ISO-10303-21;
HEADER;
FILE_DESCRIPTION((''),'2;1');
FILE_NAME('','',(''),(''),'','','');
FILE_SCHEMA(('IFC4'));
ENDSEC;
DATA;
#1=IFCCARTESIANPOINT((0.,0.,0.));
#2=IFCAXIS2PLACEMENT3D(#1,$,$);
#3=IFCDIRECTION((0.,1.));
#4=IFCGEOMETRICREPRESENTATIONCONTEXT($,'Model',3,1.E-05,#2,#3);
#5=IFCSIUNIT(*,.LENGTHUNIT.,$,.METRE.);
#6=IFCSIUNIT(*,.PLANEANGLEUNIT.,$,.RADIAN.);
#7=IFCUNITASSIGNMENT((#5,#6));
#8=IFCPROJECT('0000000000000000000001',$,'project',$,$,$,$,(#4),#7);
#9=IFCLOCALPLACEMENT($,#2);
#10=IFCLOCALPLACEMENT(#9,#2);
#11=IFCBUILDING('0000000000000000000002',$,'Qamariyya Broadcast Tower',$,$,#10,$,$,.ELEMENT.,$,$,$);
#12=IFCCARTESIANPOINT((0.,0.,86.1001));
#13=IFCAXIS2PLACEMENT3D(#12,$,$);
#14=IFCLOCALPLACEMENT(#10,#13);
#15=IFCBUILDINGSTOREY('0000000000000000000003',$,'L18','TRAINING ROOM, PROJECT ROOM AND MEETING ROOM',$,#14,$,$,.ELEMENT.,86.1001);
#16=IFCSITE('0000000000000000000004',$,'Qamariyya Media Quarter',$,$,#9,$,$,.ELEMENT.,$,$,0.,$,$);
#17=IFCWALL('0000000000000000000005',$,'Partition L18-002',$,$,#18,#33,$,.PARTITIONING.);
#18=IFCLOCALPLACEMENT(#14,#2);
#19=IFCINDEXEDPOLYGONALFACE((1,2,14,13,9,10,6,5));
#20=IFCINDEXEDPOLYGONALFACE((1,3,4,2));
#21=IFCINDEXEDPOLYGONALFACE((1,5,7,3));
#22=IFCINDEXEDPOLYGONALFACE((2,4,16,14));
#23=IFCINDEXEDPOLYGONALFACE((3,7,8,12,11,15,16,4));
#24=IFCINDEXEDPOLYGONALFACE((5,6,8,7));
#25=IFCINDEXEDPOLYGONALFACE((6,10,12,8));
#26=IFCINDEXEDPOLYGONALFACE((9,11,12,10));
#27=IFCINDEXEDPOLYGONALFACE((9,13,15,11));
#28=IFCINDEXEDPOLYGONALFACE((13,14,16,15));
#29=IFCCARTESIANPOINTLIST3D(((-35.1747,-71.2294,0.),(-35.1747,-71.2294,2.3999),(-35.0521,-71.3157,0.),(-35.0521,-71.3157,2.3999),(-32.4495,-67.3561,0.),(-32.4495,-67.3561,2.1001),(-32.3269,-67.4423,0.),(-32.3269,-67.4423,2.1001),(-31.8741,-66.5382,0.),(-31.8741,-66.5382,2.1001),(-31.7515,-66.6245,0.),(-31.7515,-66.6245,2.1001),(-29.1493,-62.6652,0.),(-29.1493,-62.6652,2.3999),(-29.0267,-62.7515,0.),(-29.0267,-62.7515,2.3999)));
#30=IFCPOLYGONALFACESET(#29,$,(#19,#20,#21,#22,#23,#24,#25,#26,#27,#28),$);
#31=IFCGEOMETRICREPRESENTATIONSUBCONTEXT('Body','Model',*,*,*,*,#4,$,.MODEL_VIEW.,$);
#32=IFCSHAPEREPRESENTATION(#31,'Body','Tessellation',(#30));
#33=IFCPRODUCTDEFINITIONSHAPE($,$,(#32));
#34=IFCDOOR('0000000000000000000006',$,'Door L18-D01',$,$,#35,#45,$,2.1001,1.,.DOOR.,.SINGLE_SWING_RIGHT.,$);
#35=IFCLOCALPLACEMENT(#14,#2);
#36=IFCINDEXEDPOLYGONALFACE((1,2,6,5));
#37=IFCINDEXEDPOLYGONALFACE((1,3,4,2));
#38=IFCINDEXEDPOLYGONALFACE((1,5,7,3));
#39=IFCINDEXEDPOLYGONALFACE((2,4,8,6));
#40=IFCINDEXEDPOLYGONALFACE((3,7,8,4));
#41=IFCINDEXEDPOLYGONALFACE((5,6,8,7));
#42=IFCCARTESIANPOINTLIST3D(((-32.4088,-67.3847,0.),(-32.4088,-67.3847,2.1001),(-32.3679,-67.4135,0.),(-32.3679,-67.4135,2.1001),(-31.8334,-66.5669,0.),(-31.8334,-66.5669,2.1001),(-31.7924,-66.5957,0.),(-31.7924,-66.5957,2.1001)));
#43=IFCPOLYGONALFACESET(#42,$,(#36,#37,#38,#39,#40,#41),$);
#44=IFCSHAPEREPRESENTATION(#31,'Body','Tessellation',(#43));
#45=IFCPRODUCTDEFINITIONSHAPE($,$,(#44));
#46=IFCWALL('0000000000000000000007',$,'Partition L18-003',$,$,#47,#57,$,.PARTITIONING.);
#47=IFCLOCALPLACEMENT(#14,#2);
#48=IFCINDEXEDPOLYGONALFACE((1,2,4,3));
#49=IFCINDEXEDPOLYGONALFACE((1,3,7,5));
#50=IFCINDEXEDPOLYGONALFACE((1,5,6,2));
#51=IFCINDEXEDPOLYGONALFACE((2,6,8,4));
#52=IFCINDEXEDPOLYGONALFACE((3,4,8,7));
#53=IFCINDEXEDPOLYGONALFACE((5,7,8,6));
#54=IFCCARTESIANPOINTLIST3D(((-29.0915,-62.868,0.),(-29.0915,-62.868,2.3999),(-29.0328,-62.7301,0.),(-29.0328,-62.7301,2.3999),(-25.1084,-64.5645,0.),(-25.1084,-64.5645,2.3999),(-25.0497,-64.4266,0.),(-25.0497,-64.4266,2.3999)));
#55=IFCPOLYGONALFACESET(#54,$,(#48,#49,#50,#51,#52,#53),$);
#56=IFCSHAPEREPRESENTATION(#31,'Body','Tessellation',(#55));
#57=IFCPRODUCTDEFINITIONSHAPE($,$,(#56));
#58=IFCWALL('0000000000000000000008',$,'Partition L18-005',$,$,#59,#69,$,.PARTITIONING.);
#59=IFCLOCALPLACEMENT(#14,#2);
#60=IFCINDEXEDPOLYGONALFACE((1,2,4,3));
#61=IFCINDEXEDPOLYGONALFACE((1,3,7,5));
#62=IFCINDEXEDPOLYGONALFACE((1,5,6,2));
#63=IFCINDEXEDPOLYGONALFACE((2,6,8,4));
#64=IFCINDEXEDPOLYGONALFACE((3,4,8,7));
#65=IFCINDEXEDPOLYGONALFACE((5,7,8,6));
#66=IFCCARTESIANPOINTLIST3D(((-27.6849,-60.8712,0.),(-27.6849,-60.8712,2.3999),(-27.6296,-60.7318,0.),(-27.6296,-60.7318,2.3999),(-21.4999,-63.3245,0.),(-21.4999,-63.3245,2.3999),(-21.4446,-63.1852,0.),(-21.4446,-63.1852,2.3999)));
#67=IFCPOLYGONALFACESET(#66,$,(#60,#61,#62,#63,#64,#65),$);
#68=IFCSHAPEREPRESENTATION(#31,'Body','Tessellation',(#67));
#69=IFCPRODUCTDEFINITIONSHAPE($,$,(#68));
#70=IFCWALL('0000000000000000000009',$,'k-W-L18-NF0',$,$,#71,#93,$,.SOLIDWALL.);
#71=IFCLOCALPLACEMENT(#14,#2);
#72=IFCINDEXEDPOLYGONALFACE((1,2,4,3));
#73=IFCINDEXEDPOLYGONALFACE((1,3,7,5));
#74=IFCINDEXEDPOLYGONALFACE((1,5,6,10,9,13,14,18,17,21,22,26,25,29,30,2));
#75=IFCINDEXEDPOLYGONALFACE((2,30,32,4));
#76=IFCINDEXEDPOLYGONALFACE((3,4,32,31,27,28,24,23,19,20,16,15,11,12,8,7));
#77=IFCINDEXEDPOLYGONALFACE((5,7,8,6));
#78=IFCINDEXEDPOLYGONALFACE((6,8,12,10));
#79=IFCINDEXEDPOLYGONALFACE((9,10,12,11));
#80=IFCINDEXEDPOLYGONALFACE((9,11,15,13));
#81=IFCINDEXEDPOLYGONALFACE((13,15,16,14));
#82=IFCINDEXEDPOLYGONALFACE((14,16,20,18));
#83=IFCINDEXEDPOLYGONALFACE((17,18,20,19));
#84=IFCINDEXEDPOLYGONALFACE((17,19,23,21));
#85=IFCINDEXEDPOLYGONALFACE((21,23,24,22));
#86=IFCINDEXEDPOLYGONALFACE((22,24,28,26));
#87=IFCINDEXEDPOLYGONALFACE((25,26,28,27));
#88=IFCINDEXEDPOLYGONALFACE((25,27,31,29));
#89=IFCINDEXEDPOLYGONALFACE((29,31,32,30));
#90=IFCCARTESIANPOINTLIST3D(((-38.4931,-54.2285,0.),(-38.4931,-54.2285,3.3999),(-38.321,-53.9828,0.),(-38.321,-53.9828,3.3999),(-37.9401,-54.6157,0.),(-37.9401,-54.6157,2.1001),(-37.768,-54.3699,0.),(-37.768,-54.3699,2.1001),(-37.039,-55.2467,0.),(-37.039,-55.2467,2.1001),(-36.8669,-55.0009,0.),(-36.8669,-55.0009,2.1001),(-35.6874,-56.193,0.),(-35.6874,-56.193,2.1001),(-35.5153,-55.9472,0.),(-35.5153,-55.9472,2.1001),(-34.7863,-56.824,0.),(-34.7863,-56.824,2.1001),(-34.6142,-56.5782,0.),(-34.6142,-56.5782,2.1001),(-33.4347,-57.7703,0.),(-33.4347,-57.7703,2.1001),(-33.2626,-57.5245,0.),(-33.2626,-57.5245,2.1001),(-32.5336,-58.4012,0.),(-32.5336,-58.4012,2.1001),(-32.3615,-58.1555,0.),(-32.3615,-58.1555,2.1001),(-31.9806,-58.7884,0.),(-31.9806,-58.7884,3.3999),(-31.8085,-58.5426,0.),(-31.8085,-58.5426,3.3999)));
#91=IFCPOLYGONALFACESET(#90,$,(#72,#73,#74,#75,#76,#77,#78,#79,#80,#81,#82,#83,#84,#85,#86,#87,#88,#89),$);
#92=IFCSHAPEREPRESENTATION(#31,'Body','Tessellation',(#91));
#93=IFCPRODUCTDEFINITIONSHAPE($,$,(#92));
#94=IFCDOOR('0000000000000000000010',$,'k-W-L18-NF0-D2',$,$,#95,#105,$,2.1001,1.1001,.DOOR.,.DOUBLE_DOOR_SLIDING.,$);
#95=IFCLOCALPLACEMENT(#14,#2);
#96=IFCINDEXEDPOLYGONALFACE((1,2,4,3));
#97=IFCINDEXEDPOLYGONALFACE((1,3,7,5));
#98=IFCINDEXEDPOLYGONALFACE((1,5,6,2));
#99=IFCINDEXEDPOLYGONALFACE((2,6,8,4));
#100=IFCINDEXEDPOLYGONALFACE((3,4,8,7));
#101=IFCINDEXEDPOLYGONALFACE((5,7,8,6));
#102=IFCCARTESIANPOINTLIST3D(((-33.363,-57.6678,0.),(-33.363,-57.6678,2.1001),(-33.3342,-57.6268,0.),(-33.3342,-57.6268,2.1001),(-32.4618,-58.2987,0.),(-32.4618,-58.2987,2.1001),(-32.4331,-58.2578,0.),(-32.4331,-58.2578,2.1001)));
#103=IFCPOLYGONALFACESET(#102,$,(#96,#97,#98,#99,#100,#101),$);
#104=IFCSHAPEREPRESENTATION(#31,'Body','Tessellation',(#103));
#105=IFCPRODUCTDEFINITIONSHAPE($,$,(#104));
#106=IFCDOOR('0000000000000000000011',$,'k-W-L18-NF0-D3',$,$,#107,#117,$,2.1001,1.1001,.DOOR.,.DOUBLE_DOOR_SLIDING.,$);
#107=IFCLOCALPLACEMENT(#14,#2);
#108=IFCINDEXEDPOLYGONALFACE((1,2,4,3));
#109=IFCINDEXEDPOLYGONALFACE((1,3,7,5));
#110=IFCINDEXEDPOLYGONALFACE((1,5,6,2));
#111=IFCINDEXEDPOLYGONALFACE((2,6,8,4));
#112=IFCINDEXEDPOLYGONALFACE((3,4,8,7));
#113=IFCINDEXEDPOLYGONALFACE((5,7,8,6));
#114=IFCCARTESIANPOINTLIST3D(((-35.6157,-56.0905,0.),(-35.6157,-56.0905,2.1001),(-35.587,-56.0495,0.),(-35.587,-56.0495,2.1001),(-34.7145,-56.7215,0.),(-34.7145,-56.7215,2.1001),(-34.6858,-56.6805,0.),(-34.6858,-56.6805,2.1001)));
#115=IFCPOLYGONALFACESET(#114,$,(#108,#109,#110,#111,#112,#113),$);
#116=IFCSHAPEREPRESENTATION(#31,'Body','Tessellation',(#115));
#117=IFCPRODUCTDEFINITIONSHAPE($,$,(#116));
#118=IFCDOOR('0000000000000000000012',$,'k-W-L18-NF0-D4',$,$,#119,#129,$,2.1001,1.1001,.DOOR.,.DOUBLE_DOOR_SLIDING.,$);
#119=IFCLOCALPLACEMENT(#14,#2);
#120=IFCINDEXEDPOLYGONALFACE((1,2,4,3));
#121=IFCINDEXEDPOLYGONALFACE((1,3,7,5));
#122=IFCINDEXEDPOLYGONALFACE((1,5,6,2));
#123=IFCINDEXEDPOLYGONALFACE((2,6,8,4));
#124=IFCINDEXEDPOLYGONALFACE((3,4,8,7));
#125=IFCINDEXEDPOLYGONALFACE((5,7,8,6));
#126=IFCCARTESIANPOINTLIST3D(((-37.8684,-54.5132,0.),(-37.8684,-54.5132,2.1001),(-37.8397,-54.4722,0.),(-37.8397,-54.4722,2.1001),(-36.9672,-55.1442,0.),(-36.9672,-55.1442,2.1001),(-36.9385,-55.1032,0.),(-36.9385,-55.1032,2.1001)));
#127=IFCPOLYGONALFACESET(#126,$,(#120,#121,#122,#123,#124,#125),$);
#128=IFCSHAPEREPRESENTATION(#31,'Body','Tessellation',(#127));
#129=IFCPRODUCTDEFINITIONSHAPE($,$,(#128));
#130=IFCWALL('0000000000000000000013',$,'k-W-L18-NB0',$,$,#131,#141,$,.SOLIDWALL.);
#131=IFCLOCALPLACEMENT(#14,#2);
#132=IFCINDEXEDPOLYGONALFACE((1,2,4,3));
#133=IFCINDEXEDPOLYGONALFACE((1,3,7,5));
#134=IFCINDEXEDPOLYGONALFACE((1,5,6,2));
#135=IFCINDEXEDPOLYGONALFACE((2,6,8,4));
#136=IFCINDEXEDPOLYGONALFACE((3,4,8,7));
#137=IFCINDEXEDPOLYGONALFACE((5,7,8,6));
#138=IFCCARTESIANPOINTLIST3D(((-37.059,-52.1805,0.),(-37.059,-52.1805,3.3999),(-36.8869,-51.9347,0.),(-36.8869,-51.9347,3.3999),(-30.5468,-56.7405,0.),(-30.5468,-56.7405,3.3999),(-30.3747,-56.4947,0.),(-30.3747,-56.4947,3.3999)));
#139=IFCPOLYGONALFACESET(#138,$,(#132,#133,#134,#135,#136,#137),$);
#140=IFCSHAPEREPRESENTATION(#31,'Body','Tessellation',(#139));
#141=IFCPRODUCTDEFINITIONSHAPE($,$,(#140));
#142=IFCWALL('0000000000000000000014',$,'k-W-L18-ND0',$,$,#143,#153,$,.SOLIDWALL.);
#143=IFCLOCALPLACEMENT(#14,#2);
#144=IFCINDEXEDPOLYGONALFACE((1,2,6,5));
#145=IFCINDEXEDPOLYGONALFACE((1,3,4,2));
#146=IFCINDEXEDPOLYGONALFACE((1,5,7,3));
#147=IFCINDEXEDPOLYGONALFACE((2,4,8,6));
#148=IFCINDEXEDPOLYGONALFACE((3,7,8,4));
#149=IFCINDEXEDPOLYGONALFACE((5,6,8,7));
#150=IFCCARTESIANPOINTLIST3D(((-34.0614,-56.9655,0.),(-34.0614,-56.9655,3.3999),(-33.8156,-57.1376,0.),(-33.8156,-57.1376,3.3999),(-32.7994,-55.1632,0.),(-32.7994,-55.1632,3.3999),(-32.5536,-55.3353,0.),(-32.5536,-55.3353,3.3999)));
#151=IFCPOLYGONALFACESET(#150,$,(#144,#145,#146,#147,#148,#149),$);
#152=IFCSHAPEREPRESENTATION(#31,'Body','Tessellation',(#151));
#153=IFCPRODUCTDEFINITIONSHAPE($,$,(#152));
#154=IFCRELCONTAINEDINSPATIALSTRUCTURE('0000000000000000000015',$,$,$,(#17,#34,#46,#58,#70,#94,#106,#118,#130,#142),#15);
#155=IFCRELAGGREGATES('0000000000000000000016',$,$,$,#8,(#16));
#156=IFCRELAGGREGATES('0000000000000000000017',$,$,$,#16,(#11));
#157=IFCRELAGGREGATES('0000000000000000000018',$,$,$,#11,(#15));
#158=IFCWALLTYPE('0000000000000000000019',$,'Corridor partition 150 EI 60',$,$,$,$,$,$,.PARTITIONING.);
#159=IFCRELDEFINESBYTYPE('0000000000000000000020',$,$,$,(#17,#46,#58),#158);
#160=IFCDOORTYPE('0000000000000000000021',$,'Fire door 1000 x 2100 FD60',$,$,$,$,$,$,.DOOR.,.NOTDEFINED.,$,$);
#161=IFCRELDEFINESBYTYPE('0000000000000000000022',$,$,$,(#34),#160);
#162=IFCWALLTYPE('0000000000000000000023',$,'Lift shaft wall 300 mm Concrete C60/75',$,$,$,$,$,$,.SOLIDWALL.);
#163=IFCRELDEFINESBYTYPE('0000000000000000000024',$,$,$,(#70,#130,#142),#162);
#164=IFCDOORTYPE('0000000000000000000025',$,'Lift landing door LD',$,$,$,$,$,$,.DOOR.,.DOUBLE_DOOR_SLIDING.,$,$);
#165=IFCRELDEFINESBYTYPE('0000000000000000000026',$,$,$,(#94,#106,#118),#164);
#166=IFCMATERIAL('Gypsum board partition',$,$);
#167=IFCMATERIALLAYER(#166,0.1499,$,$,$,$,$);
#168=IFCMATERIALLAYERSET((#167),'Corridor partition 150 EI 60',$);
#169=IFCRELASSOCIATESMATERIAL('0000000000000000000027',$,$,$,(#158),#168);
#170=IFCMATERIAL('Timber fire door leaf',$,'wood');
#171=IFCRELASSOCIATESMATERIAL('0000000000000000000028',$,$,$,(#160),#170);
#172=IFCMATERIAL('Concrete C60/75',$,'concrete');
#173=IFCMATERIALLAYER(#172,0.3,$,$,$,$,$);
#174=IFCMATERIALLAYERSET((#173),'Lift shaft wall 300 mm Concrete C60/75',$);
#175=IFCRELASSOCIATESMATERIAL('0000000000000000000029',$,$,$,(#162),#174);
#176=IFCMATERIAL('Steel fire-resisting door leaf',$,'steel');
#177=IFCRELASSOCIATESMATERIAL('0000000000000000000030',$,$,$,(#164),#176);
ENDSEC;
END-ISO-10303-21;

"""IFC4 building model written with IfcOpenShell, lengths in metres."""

from ifc_helpers import new_model, si_unit, direction, frame, frame_2d, origin, place, context, subcontext, project, spatial, rectangle, extrude, material, layer, layer_set, type_object, element, fill, save


model = new_model("IFC4")

# Units and contexts
model_context = context("Model", 3, precision=1e-05, world=origin(), true_north=direction((0.0, 1.0)))
body_context = subcontext(model_context, "Body", "Model", "MODEL_VIEW")
ifc_project = project(units=[si_unit("LENGTHUNIT", "METRE"), si_unit("PLANEANGLEUNIT", "RADIAN")], contexts=[model_context])

# Site, building, storey
site_placement = place(None, origin())
site = spatial("IfcSite", under=ifc_project, at=site_placement, Name="Qamariyya Media Quarter", CompositionType="ELEMENT", RefElevation=0.0)
building_placement = place(site_placement, origin())
building = spatial("IfcBuilding", under=site, at=building_placement, Name="Qamariyya Broadcast Tower", CompositionType="ELEMENT")
storey_placement = place(building_placement, frame((0.0, 0.0, 86.1001)))
storey = spatial("IfcBuildingStorey", under=building, at=storey_placement, Name="L18", Description="TRAINING ROOM, PROJECT ROOM AND MEETING ROOM", CompositionType="ELEMENT", Elevation=86.1001)

# Wall, opening, door
ifc_material_1 = material(Name="Gypsum board partition")
ifc_layer_1 = layer(ifc_material_1, 0.1499)
ifc_layer_set_1 = layer_set([ifc_layer_1], Name="Corridor partition 150 EI 60")
wall_type_1 = type_object("IfcWallType", Name="Corridor partition 150 EI 60", PredefinedType="PARTITIONING", material=ifc_layer_set_1)
wall_1_placement = place(storey_placement, frame((-29.0879, -62.7083, 0.0), z_axis=(0.0, 0.0, 1.0), x_axis=(-0.575412, -0.817864, 0.0)))
wall_1 = element("IfcWall", 1, at=wall_1_placement, inside=storey, type_object=wall_type_1, Name="Partition L18-002", PredefinedType="PARTITIONING", context=body_context, shape_type="SweptSolid", body=[
    extrude(rectangle(XDim=10.4714, YDim=0.1499, at=frame_2d((5.2358, 0.0))), origin(), (0.0, 0.0, 1.0), 2.3999),
])
opening_1_placement = place(wall_1_placement, frame((4.7356, 0.0, 0.0)))
opening_1 = element("IfcOpeningElement", 2, at=opening_1_placement, cuts=wall_1, PredefinedType="OPENING", context=body_context, shape_type="SweptSolid", body=[
    extrude(rectangle(XDim=1.0, YDim=2.1001, at=frame_2d((0.5, 1.05))), frame((0.0, 0.085, 0.0), z_axis=(0.0, -1.0, 0.0), x_axis=(1.0, 0.0, 0.0)), (0.0, 0.0, 1.0), 0.1699),
])
ifc_material_2 = material(Name="Timber fire door leaf", Category="wood")
door_type_1 = type_object("IfcDoorType", Name="Fire door 1000 x 2100 FD60", OperationType="NOTDEFINED", PredefinedType="DOOR", material=ifc_material_2)
door_1_placement = place(opening_1_placement, origin())
door_1 = element("IfcDoor", 3, at=door_1_placement, inside=storey, type_object=door_type_1, Name="Door L18-D01", OperationType="SINGLE_SWING_RIGHT", OverallHeight=2.1001, OverallWidth=1.0, PredefinedType="DOOR", context=body_context, shape_type="SweptSolid", body=[
    extrude(rectangle(XDim=1.0, YDim=2.1001, at=frame_2d((0.5, 1.05))), frame((0.0, 0.0249, 0.0), z_axis=(0.0, -1.0, 0.0), x_axis=(1.0, 0.0, 0.0)), (0.0, 0.0, 1.0), 0.05),
])
fill(opening_1, door_1)

# Walls
wall_2_placement = place(storey_placement, frame((-29.062, -62.7991, 0.0), z_axis=(0.0, 0.0, 1.0), x_axis=(0.920024, -0.391863, 0.0)))
element("IfcWall", 4, at=wall_2_placement, inside=storey, type_object=wall_type_1, Name="Partition L18-003", PredefinedType="PARTITIONING", context=body_context, shape_type="SweptSolid", body=[
    extrude(rectangle(XDim=4.3293, YDim=0.1499, at=frame_2d((2.1646, 0.0))), origin(), (0.0, 0.0, 1.0), 2.3999),
])
wall_3_placement = place(storey_placement, frame((-27.6572, -60.8015, 0.0), z_axis=(0.0, 0.0, 1.0), x_axis=(0.929543, -0.368713, 0.0)))
element("IfcWall", 5, at=wall_3_placement, inside=storey, type_object=wall_type_1, Name="Partition L18-005", PredefinedType="PARTITIONING", context=body_context, shape_type="SweptSolid", body=[
    extrude(rectangle(XDim=6.6538, YDim=0.1499, at=frame_2d((3.3269, 0.0))), origin(), (0.0, 0.0, 1.0), 2.3999),
])

# Wall, openings, doors
ifc_material_3 = material(Name="Concrete C60/75", Category="concrete")
ifc_layer_2 = layer(ifc_material_3, 0.3)
ifc_layer_set_2 = layer_set([ifc_layer_2], Name="Lift shaft wall 300 mm Concrete C60/75")
wall_type_2 = type_object("IfcWallType", Name="Lift shaft wall 300 mm Concrete C60/75", PredefinedType="SOLIDWALL", material=ifc_layer_set_2)
wall_4_placement = place(storey_placement, frame((-31.8945, -58.6655, 0.0), z_axis=(0.0, 0.0, 1.0), x_axis=(-0.819167, 0.573555, 0.0)))
wall_4 = element("IfcWall", 6, at=wall_4_placement, inside=storey, type_object=wall_type_2, Name="k-W-L18-NF0", PredefinedType="SOLIDWALL", context=body_context, shape_type="SweptSolid", body=[
    extrude(rectangle(XDim=7.9502, YDim=0.3, at=frame_2d((3.9751, 0.0))), origin(), (0.0, 0.0, 1.0), 3.3999),
])
opening_2_placement = place(wall_4_placement, frame((0.675, 0.0, 0.0)))
opening_2 = element("IfcOpeningElement", 7, at=opening_2_placement, cuts=wall_4, PredefinedType="OPENING", context=body_context, shape_type="SweptSolid", body=[
    extrude(rectangle(XDim=1.1001, YDim=2.1001, at=frame_2d((0.55, 1.05))), frame((0.0, 0.1599, 0.0), z_axis=(0.0, -1.0, 0.0), x_axis=(1.0, 0.0, 0.0)), (0.0, 0.0, 1.0), 0.3201),
])
opening_3_placement = place(wall_4_placement, frame((3.425, 0.0, 0.0)))
opening_3 = element("IfcOpeningElement", 8, at=opening_3_placement, cuts=wall_4, PredefinedType="OPENING", context=body_context, shape_type="SweptSolid", body=[
    extrude(rectangle(XDim=1.1001, YDim=2.1001, at=frame_2d((0.55, 1.05))), frame((0.0, 0.1599, 0.0), z_axis=(0.0, -1.0, 0.0), x_axis=(1.0, 0.0, 0.0)), (0.0, 0.0, 1.0), 0.3201),
])
opening_4_placement = place(wall_4_placement, frame((6.175, 0.0, 0.0)))
opening_4 = element("IfcOpeningElement", 9, at=opening_4_placement, cuts=wall_4, PredefinedType="OPENING", context=body_context, shape_type="SweptSolid", body=[
    extrude(rectangle(XDim=1.1001, YDim=2.1001, at=frame_2d((0.55, 1.05))), frame((0.0, 0.1599, 0.0), z_axis=(0.0, -1.0, 0.0), x_axis=(1.0, 0.0, 0.0)), (0.0, 0.0, 1.0), 0.3201),
])
ifc_material_4 = material(Name="Steel fire-resisting door leaf", Category="steel")
door_type_2 = type_object("IfcDoorType", Name="Lift landing door LD", OperationType="DOUBLE_DOOR_SLIDING", PredefinedType="DOOR", material=ifc_material_4)
door_2_placement = place(opening_2_placement, origin())
door_2 = element("IfcDoor", 10, at=door_2_placement, inside=storey, type_object=door_type_2, Name="k-W-L18-NF0-D2", OperationType="DOUBLE_DOOR_SLIDING", OverallHeight=2.1001, OverallWidth=1.1001, PredefinedType="DOOR", context=body_context, shape_type="SweptSolid", body=[
    extrude(rectangle(XDim=1.1001, YDim=2.1001, at=frame_2d((0.55, 1.05))), frame((0.0, 0.0249, 0.0), z_axis=(0.0, -1.0, 0.0), x_axis=(1.0, 0.0, 0.0)), (0.0, 0.0, 1.0), 0.05),
])
fill(opening_2, door_2)
door_3_placement = place(opening_3_placement, origin())
door_3 = element("IfcDoor", 11, at=door_3_placement, inside=storey, type_object=door_type_2, Name="k-W-L18-NF0-D3", OperationType="DOUBLE_DOOR_SLIDING", OverallHeight=2.1001, OverallWidth=1.1001, PredefinedType="DOOR", context=body_context, shape_type="SweptSolid", body=[
    extrude(rectangle(XDim=1.1001, YDim=2.1001, at=frame_2d((0.55, 1.05))), frame((0.0, 0.0249, 0.0), z_axis=(0.0, -1.0, 0.0), x_axis=(1.0, 0.0, 0.0)), (0.0, 0.0, 1.0), 0.05),
])
fill(opening_3, door_3)
door_4_placement = place(opening_4_placement, origin())
door_4 = element("IfcDoor", 12, at=door_4_placement, inside=storey, type_object=door_type_2, Name="k-W-L18-NF0-D4", OperationType="DOUBLE_DOOR_SLIDING", OverallHeight=2.1001, OverallWidth=1.1001, PredefinedType="DOOR", context=body_context, shape_type="SweptSolid", body=[
    extrude(rectangle(XDim=1.1001, YDim=2.1001, at=frame_2d((0.55, 1.05))), frame((0.0, 0.0249, 0.0), z_axis=(0.0, -1.0, 0.0), x_axis=(1.0, 0.0, 0.0)), (0.0, 0.0, 1.0), 0.05),
])
fill(opening_4, door_4)

# Walls
wall_5_placement = place(storey_placement, frame((-30.4607, -56.6177, 0.0), z_axis=(0.0, 0.0, 1.0), x_axis=(-0.819142, 0.57359, 0.0)))
element("IfcWall", 13, at=wall_5_placement, inside=storey, type_object=wall_type_2, Name="k-W-L18-NB0", PredefinedType="SOLIDWALL", context=body_context, shape_type="SweptSolid", body=[
    extrude(rectangle(XDim=7.95, YDim=0.3, at=frame_2d((3.9751, 0.0))), origin(), (0.0, 0.0, 1.0), 3.3999),
])
wall_6_placement = place(storey_placement, frame((-33.9385, -57.0515, 0.0), z_axis=(0.0, 0.0, 1.0), x_axis=(0.573581, 0.819149, 0.0)))
element("IfcWall", 14, at=wall_6_placement, inside=storey, type_object=wall_type_2, Name="k-W-L18-ND0", PredefinedType="SOLIDWALL", context=body_context, shape_type="SweptSolid", body=[
    extrude(rectangle(XDim=2.2002, YDim=0.3, at=frame_2d((1.1001, 0.0))), origin(), (0.0, 0.0, 1.0), 3.3999),
])

save(model, "model.ifc")
